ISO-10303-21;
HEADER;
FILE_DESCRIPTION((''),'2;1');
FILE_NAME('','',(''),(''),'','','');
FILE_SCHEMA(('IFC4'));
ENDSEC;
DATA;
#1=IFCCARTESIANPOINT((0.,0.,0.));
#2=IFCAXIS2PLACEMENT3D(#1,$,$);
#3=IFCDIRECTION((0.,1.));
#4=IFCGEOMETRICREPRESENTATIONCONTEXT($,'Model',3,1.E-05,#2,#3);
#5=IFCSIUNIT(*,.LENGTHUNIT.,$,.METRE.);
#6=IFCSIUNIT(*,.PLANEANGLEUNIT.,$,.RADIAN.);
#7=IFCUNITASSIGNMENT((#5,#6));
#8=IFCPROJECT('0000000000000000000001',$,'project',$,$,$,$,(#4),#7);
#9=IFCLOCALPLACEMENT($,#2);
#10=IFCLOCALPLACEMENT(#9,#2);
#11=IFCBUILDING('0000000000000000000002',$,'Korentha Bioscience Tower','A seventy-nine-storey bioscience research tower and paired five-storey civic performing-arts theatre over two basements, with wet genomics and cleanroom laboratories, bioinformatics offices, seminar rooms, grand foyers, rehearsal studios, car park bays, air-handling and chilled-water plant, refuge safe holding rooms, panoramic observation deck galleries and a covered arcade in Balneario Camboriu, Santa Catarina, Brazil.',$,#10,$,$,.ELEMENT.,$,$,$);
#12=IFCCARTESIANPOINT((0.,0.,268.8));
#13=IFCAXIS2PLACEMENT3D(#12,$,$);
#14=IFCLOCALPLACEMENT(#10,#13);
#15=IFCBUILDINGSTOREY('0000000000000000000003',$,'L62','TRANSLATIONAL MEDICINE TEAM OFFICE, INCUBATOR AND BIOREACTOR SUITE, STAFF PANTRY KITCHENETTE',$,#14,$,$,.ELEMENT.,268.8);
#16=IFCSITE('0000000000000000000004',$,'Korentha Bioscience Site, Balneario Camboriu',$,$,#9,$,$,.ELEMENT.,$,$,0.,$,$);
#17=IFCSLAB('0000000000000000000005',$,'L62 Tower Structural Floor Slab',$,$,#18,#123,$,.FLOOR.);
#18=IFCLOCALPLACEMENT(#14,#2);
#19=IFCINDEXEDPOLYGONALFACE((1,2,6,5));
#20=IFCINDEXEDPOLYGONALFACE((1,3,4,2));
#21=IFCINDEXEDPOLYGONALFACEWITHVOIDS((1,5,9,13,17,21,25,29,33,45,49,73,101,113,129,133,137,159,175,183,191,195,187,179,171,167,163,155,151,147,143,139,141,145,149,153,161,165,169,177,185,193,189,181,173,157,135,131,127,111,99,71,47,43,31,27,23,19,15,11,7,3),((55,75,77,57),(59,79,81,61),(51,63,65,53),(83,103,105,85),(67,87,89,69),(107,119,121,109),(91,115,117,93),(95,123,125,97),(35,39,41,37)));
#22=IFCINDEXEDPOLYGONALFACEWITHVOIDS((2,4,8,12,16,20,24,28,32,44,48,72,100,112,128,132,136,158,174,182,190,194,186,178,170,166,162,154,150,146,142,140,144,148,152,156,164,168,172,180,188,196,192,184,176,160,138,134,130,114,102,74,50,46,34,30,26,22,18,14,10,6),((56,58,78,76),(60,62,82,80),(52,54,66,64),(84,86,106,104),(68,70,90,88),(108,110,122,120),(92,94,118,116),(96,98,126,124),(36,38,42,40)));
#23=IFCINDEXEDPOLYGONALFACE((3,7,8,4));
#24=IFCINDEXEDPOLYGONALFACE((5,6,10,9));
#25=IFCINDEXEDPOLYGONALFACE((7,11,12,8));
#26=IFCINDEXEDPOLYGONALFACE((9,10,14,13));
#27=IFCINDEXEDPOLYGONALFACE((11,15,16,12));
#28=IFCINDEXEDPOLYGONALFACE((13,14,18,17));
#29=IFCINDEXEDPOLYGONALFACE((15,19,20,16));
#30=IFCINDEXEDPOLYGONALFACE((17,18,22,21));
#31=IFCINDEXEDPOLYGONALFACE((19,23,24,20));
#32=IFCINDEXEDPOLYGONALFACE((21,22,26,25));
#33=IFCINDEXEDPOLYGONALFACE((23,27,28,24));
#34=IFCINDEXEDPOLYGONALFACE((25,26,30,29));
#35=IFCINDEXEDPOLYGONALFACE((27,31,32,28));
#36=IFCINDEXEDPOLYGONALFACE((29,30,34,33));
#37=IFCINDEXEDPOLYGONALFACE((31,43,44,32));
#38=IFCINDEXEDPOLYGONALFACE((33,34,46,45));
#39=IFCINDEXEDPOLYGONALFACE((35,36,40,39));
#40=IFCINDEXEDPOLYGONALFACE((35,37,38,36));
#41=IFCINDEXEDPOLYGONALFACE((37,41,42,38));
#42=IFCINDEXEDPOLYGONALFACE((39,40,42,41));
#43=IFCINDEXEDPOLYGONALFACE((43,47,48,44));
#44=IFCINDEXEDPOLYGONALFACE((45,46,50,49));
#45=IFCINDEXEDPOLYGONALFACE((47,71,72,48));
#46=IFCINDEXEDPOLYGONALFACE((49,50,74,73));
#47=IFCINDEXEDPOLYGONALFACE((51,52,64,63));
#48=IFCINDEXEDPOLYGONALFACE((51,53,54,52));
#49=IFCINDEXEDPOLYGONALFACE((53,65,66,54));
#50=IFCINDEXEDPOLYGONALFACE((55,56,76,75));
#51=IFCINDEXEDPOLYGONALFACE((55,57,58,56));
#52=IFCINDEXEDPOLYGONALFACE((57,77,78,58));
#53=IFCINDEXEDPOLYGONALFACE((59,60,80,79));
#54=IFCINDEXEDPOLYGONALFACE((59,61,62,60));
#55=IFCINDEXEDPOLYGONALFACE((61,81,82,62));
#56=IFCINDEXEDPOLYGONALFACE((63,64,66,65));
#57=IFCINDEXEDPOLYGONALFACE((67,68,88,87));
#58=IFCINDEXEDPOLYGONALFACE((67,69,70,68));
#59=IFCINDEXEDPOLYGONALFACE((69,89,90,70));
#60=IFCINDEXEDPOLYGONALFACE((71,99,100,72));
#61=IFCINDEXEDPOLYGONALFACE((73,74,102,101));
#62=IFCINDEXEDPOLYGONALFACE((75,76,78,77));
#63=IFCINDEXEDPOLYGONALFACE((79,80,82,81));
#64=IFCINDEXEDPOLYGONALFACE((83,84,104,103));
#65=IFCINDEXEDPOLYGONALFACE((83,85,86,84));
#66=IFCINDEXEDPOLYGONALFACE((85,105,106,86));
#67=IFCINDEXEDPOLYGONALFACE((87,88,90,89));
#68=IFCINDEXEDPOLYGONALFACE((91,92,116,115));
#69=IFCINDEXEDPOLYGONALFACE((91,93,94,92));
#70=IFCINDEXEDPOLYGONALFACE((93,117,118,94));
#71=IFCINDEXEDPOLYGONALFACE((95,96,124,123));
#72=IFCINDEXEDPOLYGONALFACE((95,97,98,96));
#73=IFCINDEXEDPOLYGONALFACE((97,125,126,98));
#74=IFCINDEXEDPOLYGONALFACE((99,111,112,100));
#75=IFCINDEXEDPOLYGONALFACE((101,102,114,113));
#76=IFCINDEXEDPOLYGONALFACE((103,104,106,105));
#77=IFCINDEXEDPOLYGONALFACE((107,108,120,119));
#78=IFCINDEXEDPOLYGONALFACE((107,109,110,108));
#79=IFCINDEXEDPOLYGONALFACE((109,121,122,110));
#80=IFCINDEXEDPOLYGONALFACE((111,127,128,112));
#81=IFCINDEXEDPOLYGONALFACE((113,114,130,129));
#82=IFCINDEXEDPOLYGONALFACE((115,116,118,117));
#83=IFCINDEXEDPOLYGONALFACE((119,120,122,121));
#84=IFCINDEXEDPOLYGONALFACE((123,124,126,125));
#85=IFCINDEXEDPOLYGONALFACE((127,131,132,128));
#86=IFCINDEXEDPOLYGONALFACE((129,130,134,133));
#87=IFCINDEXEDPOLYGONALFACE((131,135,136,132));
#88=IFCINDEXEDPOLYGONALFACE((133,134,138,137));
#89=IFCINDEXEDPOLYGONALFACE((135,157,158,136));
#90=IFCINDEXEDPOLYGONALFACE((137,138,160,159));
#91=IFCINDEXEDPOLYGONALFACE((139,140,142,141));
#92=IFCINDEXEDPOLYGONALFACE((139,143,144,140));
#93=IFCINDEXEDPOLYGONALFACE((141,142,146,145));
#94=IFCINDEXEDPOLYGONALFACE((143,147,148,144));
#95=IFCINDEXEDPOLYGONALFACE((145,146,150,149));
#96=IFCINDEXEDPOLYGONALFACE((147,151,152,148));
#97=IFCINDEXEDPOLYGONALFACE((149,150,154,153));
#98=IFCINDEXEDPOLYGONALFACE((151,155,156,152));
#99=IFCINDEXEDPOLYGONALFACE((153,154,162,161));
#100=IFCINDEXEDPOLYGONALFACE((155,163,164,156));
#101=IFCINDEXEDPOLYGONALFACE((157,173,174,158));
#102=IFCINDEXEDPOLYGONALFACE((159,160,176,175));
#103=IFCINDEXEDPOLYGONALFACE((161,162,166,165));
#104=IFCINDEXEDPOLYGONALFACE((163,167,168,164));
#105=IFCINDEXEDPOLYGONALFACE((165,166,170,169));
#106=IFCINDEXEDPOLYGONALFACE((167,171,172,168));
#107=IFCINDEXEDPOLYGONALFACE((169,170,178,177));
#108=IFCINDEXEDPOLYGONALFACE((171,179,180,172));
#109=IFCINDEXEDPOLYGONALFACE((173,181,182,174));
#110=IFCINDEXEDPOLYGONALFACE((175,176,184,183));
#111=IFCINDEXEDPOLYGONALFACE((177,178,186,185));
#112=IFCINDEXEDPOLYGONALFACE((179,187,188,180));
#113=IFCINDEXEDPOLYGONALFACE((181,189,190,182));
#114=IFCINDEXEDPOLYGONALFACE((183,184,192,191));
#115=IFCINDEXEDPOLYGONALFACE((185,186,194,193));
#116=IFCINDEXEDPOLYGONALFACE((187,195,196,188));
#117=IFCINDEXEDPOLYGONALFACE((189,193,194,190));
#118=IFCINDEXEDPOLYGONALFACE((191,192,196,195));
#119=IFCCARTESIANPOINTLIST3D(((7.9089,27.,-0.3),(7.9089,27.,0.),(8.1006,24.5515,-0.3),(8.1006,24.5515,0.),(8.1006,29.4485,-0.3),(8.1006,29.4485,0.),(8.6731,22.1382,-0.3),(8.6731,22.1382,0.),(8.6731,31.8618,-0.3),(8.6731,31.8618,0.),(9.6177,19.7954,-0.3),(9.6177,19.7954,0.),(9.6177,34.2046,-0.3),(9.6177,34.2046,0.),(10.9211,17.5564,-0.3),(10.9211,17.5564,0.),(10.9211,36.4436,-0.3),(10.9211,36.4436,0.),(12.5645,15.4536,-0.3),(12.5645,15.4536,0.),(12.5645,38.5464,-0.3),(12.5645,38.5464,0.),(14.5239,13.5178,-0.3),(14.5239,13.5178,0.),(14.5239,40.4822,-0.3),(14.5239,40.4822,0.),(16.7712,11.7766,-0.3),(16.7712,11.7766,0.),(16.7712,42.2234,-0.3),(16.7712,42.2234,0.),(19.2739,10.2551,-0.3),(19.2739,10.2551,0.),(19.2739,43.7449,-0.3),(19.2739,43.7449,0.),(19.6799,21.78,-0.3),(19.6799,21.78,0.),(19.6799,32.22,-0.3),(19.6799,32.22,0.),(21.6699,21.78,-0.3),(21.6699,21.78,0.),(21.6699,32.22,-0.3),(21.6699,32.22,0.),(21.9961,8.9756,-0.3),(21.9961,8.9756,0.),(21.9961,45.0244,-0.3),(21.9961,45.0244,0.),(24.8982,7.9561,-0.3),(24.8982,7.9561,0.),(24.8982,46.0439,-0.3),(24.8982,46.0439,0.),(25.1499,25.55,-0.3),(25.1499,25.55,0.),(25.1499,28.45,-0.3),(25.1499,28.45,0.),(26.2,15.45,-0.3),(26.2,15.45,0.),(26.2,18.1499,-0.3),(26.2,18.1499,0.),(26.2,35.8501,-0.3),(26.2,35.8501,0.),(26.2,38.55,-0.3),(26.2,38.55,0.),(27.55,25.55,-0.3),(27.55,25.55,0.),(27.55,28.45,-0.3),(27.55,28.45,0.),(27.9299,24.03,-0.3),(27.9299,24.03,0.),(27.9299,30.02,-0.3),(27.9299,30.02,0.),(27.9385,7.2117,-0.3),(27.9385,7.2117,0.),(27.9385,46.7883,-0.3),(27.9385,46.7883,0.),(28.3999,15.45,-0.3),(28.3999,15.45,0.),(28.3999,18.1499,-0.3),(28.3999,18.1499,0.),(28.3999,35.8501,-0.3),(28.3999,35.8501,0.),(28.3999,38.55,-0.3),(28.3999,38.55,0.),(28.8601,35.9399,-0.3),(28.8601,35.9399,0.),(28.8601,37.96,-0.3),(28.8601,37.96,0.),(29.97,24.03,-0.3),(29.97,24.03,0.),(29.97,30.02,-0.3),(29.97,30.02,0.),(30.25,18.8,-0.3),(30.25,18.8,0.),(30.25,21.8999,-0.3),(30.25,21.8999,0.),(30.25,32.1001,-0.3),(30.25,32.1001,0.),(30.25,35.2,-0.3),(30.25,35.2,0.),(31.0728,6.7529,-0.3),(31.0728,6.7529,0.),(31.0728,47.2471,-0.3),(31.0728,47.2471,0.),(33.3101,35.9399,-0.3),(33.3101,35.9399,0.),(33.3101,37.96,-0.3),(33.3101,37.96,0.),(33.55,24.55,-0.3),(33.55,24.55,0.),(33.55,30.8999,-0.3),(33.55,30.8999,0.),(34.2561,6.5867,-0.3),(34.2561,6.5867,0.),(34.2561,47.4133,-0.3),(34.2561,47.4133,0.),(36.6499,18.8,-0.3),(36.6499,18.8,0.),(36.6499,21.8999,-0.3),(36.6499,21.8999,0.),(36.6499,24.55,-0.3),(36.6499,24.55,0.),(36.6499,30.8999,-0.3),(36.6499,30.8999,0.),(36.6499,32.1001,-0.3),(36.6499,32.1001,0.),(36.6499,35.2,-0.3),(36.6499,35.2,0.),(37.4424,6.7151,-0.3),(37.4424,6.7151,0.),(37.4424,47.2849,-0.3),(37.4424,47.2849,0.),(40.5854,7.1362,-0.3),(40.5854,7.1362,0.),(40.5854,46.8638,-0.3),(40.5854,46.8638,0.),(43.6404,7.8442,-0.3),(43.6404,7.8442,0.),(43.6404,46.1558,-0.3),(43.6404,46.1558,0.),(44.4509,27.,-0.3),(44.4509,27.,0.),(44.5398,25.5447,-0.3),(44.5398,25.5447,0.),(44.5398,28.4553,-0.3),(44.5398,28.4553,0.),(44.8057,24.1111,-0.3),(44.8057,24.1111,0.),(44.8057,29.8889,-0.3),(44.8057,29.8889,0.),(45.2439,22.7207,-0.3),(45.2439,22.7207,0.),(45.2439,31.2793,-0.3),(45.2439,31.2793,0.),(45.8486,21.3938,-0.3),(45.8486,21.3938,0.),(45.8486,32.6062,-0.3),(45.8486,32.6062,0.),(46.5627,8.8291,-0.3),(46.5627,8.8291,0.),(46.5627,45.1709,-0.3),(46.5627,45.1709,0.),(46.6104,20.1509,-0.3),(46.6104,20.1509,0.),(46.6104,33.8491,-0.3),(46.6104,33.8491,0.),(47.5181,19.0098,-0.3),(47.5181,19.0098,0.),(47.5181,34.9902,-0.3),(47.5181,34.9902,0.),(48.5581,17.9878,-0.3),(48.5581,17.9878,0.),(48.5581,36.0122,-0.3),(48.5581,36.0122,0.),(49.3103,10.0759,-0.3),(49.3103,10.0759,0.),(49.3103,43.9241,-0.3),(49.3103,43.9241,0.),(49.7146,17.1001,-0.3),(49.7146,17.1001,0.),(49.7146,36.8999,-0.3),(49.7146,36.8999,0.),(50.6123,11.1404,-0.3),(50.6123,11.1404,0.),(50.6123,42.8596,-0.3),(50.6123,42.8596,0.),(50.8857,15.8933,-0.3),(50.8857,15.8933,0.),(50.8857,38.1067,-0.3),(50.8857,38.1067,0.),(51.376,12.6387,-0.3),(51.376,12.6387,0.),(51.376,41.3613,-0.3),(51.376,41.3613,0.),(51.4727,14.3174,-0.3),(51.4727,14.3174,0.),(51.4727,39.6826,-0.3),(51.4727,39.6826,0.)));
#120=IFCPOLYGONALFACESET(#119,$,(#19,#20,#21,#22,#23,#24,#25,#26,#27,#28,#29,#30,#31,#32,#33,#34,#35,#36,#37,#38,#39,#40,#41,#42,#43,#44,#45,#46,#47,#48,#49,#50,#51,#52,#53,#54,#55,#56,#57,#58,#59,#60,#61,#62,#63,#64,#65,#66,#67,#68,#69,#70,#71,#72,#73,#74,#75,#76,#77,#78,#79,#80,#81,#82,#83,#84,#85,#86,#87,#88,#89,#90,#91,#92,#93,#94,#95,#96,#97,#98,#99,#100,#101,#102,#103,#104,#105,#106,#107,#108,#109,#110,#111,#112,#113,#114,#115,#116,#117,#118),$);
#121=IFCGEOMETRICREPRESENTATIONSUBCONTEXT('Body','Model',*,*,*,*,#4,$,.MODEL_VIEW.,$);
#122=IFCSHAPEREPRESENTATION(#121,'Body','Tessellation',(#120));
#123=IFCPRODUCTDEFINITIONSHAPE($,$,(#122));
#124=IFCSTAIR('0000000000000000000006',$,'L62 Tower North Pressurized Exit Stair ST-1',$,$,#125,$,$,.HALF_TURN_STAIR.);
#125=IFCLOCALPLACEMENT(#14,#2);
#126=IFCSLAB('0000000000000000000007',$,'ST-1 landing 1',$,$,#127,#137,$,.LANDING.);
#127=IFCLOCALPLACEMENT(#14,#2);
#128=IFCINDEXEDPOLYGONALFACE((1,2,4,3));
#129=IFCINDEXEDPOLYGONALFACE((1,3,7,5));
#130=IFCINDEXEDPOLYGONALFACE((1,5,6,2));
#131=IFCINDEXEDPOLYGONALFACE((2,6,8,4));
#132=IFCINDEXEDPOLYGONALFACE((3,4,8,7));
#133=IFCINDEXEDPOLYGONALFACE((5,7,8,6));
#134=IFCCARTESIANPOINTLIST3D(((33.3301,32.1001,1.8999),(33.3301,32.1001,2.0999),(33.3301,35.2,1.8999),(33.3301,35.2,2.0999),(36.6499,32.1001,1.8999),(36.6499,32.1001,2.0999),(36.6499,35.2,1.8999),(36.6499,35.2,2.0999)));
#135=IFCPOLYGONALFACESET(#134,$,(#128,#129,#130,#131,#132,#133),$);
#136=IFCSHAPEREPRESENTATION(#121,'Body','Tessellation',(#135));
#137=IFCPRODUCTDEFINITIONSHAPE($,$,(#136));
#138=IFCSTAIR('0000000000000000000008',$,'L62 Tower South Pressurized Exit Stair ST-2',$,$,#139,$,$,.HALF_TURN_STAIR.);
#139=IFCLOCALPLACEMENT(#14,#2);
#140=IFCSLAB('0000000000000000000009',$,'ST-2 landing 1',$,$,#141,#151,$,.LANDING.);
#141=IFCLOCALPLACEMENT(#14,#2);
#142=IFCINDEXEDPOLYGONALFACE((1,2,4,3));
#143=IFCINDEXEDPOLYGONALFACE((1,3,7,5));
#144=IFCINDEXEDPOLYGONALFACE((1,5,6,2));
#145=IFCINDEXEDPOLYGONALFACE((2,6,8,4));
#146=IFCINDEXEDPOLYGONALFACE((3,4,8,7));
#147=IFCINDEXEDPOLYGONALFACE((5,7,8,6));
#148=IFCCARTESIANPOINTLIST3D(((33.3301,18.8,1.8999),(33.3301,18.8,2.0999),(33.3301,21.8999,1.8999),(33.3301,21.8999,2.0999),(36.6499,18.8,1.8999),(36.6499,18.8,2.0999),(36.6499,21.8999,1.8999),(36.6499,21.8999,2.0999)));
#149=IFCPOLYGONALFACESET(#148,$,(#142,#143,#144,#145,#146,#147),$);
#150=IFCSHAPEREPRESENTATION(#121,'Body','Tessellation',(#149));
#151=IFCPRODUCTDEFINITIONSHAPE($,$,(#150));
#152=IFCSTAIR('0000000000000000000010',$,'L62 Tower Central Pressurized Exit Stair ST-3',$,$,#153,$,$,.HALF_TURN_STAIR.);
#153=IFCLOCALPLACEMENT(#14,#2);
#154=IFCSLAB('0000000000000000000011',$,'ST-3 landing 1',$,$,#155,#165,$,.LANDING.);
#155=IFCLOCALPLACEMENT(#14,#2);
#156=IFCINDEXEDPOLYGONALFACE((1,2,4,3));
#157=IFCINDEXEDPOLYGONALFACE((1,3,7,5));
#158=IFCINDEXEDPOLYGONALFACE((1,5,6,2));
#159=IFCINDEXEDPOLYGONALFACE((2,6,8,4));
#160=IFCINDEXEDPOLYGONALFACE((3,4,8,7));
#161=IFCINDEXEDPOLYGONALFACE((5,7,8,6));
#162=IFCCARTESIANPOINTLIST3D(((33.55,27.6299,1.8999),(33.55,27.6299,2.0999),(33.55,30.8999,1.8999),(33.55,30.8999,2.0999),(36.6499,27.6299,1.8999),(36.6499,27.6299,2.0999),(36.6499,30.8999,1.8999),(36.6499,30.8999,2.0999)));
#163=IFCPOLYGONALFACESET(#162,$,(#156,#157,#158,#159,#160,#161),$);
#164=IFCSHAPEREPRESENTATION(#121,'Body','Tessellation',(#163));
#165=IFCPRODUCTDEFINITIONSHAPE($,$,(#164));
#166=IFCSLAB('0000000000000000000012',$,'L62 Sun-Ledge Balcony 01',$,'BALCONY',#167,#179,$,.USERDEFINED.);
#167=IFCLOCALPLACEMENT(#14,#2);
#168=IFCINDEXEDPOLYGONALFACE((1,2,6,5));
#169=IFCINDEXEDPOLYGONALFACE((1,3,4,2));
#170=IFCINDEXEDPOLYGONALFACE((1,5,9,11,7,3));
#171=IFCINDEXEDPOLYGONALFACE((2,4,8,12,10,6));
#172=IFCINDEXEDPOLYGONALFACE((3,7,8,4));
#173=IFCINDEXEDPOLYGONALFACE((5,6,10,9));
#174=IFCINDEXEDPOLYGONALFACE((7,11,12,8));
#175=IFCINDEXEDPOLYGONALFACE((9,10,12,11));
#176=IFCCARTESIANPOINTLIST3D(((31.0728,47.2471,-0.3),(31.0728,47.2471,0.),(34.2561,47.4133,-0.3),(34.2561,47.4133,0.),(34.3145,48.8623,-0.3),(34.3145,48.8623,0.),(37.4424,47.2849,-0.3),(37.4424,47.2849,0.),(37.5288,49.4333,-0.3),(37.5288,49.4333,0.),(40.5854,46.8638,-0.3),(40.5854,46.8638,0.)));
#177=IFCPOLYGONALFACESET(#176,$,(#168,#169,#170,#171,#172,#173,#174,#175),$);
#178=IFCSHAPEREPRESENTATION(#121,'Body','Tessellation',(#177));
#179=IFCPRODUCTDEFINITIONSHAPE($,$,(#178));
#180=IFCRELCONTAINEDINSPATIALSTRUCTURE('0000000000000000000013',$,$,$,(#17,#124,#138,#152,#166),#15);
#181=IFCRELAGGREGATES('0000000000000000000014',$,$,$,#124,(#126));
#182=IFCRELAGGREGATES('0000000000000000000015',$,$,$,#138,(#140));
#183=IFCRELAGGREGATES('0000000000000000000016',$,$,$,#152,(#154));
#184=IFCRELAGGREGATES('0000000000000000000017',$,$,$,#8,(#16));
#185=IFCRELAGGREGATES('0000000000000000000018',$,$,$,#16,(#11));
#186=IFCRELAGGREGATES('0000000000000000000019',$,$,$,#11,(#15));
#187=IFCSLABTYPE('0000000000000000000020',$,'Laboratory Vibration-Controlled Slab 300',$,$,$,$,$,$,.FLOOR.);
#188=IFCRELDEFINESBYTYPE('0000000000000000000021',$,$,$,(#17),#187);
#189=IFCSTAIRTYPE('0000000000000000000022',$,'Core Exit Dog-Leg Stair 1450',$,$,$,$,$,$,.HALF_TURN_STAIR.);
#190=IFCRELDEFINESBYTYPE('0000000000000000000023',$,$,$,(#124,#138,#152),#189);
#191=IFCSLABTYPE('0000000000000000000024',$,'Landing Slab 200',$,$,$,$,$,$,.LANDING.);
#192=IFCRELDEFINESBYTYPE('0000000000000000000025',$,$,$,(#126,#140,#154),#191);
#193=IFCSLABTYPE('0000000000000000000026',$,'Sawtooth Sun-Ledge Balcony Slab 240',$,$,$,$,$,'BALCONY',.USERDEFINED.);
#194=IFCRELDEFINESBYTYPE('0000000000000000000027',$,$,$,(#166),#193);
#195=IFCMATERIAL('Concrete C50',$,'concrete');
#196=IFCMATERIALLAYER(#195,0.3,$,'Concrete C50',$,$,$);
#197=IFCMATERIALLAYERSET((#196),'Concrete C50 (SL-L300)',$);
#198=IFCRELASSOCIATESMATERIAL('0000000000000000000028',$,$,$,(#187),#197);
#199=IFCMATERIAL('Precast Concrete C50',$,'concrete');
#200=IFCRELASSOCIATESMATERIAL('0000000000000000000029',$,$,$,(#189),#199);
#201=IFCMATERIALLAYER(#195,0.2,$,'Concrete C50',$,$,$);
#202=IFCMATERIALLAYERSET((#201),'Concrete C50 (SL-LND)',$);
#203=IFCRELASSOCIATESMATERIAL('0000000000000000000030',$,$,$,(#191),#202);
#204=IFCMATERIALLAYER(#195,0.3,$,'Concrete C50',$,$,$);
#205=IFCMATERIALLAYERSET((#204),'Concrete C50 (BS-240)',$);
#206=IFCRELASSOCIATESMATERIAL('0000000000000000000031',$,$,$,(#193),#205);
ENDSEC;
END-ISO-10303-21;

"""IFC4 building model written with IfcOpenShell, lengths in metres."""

from ifc_helpers import new_model, si_unit, direction, frame, origin, place, context, subcontext, project, spatial, polyline, outline, extrude, material, layer, layer_set, type_object, element, aggregate, save


model = new_model("IFC4")

# Units and contexts
model_context = context("Model", 3, precision=1e-05, world=origin(), true_north=direction((0.0, 1.0)))
body_context = subcontext(model_context, "Body", "Model", "MODEL_VIEW")
ifc_project = project(units=[si_unit("LENGTHUNIT", "METRE"), si_unit("PLANEANGLEUNIT", "RADIAN")], contexts=[model_context])

# Site, building, storey
site_placement = place(None, origin())
site = spatial("IfcSite", under=ifc_project, at=site_placement, Name="Korentha Bioscience Site, Balneario Camboriu", CompositionType="ELEMENT", RefElevation=0.0)
building_placement = place(site_placement, origin())
building = spatial("IfcBuilding", under=site, at=building_placement, Name="Korentha Bioscience Tower", Description="A seventy-nine-storey bioscience research tower and paired five-storey civic performing-arts theatre over two basements, with wet genomics and cleanroom laboratories, bioinformatics offices, seminar rooms, grand foyers, rehearsal studios, car park bays, air-handling and chilled-water plant, refuge safe holding rooms, panoramic observation deck galleries and a covered arcade in Balneario Camboriu, Santa Catarina, Brazil.", CompositionType="ELEMENT")
storey_placement = place(building_placement, frame((0.0, 0.0, 268.8)))
storey = spatial("IfcBuildingStorey", under=building, at=storey_placement, Name="L62", Description="TRANSLATIONAL MEDICINE TEAM OFFICE, INCUBATOR AND BIOREACTOR SUITE, STAFF PANTRY KITCHENETTE", CompositionType="ELEMENT", Elevation=268.8)

# Slab
ifc_material_1 = material(Name="Concrete C50", Category="concrete")
ifc_layer_1 = layer(ifc_material_1, 0.3, Name="Concrete C50")
ifc_layer_set_1 = layer_set([ifc_layer_1], Name="Concrete C50 (SL-L300)")
slab_type_1 = type_object("IfcSlabType", Name="Laboratory Vibration-Controlled Slab 300", PredefinedType="FLOOR", material=ifc_layer_set_1)
slab_1_placement = place(storey_placement, frame((0.0, 0.0, -0.3)))
element("IfcSlab", 1, at=slab_1_placement, inside=storey, type_object=slab_type_1, Name="L62 Tower Structural Floor Slab", PredefinedType="FLOOR", context=body_context, shape_type="SweptSolid", body=[
    extrude(outline(polyline([(49.3103, 43.9241), (46.5627, 45.1709), (43.6404, 46.1558), (40.5854, 46.8638), (37.4424, 47.2849), (34.2561, 47.4133), (31.0728, 47.2471), (27.9385, 46.7883), (24.8982, 46.0439), (21.9961, 45.0244), (19.2739, 43.7449), (16.7712, 42.2234), (14.5239, 40.4822), (12.5645, 38.5464), (10.9211, 36.4436), (9.6177, 34.2046), (8.6731, 31.8618), (8.1006, 29.4485), (7.9089, 27.0), (8.1006, 24.5515), (8.6731, 22.1382), (9.6177, 19.7954), (10.9211, 17.5564), (12.5645, 15.4536), (14.5239, 13.5178), (16.7712, 11.7766), (19.2739, 10.2551), (21.9961, 8.9756), (24.8982, 7.9561), (27.9385, 7.2117), (31.0728, 6.7529), (34.2561, 6.5867), (37.4424, 6.7151), (40.5854, 7.1362), (43.6404, 7.8442), (46.5627, 8.8291), (49.3103, 10.0759), (50.6123, 11.1404), (51.376, 12.6387), (51.4727, 14.3174), (50.8857, 15.8933), (49.7146, 17.1001), (48.5581, 17.9878), (47.5181, 19.0098), (46.6104, 20.1509), (45.8486, 21.3938), (45.2439, 22.7207), (44.8057, 24.1111), (44.5398, 25.5447), (44.4509, 27.0), (44.5398, 28.4553), (44.8057, 29.8889), (45.2439, 31.2793), (45.8486, 32.6062), (46.6104, 33.8491), (47.5181, 34.9902), (48.5581, 36.0122), (49.7146, 36.8999), (50.8857, 38.1067), (51.4727, 39.6826), (51.376, 41.3613), (50.6123, 42.8596), (49.3103, 43.9241)]), holes=[polyline([(30.25, 32.1001), (36.6499, 32.1001), (36.6499, 35.2), (30.25, 35.2), (30.25, 32.1001)]), polyline([(30.25, 18.8), (36.6499, 18.8), (36.6499, 21.8999), (30.25, 21.8999), (30.25, 18.8)]), polyline([(36.6499, 24.55), (36.6499, 30.8999), (33.55, 30.8999), (33.55, 24.55), (36.6499, 24.55)]), polyline([(19.6799, 21.78), (21.6699, 21.78), (21.6699, 32.22), (19.6799, 32.22), (19.6799, 21.78)]), polyline([(27.9299, 24.03), (29.97, 24.03), (29.97, 30.02), (27.9299, 30.02), (27.9299, 24.03)]), polyline([(28.8601, 35.9399), (33.3101, 35.9399), (33.3101, 37.96), (28.8601, 37.96), (28.8601, 35.9399)]), polyline([(26.2, 15.45), (28.3999, 15.45), (28.3999, 18.1499), (26.2, 18.1499), (26.2, 15.45)]), polyline([(26.2, 35.8501), (28.3999, 35.8501), (28.3999, 38.55), (26.2, 38.55), (26.2, 35.8501)]), polyline([(25.1499, 25.55), (27.55, 25.55), (27.55, 28.45), (25.1499, 28.45), (25.1499, 25.55)])]), origin(), (0.0, 0.0, 1.0), 0.3),
])

# Stairs, slabs
ifc_material_2 = material(Name="Precast Concrete C50", Category="concrete")
stair_type = type_object("IfcStairType", Name="Core Exit Dog-Leg Stair 1450", PredefinedType="HALF_TURN_STAIR", material=ifc_material_2)
stair_1_placement = place(storey_placement, origin())
stair_1 = element("IfcStair", 2, at=stair_1_placement, inside=storey, type_object=stair_type, Name="L62 Tower North Pressurized Exit Stair ST-1", PredefinedType="HALF_TURN_STAIR")
ifc_layer_2 = layer(ifc_material_1, 0.2, Name="Concrete C50")
ifc_layer_set_2 = layer_set([ifc_layer_2], Name="Concrete C50 (SL-LND)")
slab_type_2 = type_object("IfcSlabType", Name="Landing Slab 200", PredefinedType="LANDING", material=ifc_layer_set_2)
slab_2_placement = place(storey_placement, frame((0.0, 0.0, 1.8999)))
slab_2 = element("IfcSlab", 3, at=slab_2_placement, type_object=slab_type_2, Name="ST-1 landing 1", PredefinedType="LANDING", context=body_context, shape_type="SweptSolid", body=[
    extrude(outline(polyline([(33.3301, 32.1001), (36.6499, 32.1001), (36.6499, 35.2), (33.3301, 35.2), (33.3301, 32.1001)])), origin(), (0.0, 0.0, 1.0), 0.2),
])
aggregate(stair_1, [slab_2])
stair_2_placement = place(storey_placement, origin())
stair_2 = element("IfcStair", 4, at=stair_2_placement, inside=storey, type_object=stair_type, Name="L62 Tower South Pressurized Exit Stair ST-2", PredefinedType="HALF_TURN_STAIR")
slab_3_placement = place(storey_placement, frame((0.0, 0.0, 1.8999)))
slab_3 = element("IfcSlab", 5, at=slab_3_placement, type_object=slab_type_2, Name="ST-2 landing 1", PredefinedType="LANDING", context=body_context, shape_type="SweptSolid", body=[
    extrude(outline(polyline([(33.3301, 18.8), (36.6499, 18.8), (36.6499, 21.8999), (33.3301, 21.8999), (33.3301, 18.8)])), origin(), (0.0, 0.0, 1.0), 0.2),
])
aggregate(stair_2, [slab_3])
stair_3_placement = place(storey_placement, origin())
stair_3 = element("IfcStair", 6, at=stair_3_placement, inside=storey, type_object=stair_type, Name="L62 Tower Central Pressurized Exit Stair ST-3", PredefinedType="HALF_TURN_STAIR")
slab_4_placement = place(storey_placement, frame((0.0, 0.0, 1.8999)))
slab_4 = element("IfcSlab", 7, at=slab_4_placement, type_object=slab_type_2, Name="ST-3 landing 1", PredefinedType="LANDING", context=body_context, shape_type="SweptSolid", body=[
    extrude(outline(polyline([(36.6499, 27.6299), (36.6499, 30.8999), (33.55, 30.8999), (33.55, 27.6299), (36.6499, 27.6299)])), origin(), (0.0, 0.0, 1.0), 0.2),
])
aggregate(stair_3, [slab_4])

# Slab
ifc_layer_3 = layer(ifc_material_1, 0.3, Name="Concrete C50")
ifc_layer_set_3 = layer_set([ifc_layer_3], Name="Concrete C50 (BS-240)")
slab_type_3 = type_object("IfcSlabType", Name="Sawtooth Sun-Ledge Balcony Slab 240", ElementType="BALCONY", PredefinedType="USERDEFINED", material=ifc_layer_set_3)
slab_5_placement = place(storey_placement, frame((0.0, 0.0, -0.3)))
element("IfcSlab", 8, at=slab_5_placement, inside=storey, type_object=slab_type_3, Name="L62 Sun-Ledge Balcony 01", ObjectType="BALCONY", PredefinedType="USERDEFINED", context=body_context, shape_type="SweptSolid", body=[
    extrude(outline(polyline([(31.0728, 47.2471), (34.2561, 47.4133), (37.4424, 47.2849), (40.5854, 46.8638), (37.5288, 49.4333), (34.3145, 48.8623), (31.0728, 47.2471)])), origin(), (0.0, 0.0, 1.0), 0.3),
])

save(model, "model.ifc")
